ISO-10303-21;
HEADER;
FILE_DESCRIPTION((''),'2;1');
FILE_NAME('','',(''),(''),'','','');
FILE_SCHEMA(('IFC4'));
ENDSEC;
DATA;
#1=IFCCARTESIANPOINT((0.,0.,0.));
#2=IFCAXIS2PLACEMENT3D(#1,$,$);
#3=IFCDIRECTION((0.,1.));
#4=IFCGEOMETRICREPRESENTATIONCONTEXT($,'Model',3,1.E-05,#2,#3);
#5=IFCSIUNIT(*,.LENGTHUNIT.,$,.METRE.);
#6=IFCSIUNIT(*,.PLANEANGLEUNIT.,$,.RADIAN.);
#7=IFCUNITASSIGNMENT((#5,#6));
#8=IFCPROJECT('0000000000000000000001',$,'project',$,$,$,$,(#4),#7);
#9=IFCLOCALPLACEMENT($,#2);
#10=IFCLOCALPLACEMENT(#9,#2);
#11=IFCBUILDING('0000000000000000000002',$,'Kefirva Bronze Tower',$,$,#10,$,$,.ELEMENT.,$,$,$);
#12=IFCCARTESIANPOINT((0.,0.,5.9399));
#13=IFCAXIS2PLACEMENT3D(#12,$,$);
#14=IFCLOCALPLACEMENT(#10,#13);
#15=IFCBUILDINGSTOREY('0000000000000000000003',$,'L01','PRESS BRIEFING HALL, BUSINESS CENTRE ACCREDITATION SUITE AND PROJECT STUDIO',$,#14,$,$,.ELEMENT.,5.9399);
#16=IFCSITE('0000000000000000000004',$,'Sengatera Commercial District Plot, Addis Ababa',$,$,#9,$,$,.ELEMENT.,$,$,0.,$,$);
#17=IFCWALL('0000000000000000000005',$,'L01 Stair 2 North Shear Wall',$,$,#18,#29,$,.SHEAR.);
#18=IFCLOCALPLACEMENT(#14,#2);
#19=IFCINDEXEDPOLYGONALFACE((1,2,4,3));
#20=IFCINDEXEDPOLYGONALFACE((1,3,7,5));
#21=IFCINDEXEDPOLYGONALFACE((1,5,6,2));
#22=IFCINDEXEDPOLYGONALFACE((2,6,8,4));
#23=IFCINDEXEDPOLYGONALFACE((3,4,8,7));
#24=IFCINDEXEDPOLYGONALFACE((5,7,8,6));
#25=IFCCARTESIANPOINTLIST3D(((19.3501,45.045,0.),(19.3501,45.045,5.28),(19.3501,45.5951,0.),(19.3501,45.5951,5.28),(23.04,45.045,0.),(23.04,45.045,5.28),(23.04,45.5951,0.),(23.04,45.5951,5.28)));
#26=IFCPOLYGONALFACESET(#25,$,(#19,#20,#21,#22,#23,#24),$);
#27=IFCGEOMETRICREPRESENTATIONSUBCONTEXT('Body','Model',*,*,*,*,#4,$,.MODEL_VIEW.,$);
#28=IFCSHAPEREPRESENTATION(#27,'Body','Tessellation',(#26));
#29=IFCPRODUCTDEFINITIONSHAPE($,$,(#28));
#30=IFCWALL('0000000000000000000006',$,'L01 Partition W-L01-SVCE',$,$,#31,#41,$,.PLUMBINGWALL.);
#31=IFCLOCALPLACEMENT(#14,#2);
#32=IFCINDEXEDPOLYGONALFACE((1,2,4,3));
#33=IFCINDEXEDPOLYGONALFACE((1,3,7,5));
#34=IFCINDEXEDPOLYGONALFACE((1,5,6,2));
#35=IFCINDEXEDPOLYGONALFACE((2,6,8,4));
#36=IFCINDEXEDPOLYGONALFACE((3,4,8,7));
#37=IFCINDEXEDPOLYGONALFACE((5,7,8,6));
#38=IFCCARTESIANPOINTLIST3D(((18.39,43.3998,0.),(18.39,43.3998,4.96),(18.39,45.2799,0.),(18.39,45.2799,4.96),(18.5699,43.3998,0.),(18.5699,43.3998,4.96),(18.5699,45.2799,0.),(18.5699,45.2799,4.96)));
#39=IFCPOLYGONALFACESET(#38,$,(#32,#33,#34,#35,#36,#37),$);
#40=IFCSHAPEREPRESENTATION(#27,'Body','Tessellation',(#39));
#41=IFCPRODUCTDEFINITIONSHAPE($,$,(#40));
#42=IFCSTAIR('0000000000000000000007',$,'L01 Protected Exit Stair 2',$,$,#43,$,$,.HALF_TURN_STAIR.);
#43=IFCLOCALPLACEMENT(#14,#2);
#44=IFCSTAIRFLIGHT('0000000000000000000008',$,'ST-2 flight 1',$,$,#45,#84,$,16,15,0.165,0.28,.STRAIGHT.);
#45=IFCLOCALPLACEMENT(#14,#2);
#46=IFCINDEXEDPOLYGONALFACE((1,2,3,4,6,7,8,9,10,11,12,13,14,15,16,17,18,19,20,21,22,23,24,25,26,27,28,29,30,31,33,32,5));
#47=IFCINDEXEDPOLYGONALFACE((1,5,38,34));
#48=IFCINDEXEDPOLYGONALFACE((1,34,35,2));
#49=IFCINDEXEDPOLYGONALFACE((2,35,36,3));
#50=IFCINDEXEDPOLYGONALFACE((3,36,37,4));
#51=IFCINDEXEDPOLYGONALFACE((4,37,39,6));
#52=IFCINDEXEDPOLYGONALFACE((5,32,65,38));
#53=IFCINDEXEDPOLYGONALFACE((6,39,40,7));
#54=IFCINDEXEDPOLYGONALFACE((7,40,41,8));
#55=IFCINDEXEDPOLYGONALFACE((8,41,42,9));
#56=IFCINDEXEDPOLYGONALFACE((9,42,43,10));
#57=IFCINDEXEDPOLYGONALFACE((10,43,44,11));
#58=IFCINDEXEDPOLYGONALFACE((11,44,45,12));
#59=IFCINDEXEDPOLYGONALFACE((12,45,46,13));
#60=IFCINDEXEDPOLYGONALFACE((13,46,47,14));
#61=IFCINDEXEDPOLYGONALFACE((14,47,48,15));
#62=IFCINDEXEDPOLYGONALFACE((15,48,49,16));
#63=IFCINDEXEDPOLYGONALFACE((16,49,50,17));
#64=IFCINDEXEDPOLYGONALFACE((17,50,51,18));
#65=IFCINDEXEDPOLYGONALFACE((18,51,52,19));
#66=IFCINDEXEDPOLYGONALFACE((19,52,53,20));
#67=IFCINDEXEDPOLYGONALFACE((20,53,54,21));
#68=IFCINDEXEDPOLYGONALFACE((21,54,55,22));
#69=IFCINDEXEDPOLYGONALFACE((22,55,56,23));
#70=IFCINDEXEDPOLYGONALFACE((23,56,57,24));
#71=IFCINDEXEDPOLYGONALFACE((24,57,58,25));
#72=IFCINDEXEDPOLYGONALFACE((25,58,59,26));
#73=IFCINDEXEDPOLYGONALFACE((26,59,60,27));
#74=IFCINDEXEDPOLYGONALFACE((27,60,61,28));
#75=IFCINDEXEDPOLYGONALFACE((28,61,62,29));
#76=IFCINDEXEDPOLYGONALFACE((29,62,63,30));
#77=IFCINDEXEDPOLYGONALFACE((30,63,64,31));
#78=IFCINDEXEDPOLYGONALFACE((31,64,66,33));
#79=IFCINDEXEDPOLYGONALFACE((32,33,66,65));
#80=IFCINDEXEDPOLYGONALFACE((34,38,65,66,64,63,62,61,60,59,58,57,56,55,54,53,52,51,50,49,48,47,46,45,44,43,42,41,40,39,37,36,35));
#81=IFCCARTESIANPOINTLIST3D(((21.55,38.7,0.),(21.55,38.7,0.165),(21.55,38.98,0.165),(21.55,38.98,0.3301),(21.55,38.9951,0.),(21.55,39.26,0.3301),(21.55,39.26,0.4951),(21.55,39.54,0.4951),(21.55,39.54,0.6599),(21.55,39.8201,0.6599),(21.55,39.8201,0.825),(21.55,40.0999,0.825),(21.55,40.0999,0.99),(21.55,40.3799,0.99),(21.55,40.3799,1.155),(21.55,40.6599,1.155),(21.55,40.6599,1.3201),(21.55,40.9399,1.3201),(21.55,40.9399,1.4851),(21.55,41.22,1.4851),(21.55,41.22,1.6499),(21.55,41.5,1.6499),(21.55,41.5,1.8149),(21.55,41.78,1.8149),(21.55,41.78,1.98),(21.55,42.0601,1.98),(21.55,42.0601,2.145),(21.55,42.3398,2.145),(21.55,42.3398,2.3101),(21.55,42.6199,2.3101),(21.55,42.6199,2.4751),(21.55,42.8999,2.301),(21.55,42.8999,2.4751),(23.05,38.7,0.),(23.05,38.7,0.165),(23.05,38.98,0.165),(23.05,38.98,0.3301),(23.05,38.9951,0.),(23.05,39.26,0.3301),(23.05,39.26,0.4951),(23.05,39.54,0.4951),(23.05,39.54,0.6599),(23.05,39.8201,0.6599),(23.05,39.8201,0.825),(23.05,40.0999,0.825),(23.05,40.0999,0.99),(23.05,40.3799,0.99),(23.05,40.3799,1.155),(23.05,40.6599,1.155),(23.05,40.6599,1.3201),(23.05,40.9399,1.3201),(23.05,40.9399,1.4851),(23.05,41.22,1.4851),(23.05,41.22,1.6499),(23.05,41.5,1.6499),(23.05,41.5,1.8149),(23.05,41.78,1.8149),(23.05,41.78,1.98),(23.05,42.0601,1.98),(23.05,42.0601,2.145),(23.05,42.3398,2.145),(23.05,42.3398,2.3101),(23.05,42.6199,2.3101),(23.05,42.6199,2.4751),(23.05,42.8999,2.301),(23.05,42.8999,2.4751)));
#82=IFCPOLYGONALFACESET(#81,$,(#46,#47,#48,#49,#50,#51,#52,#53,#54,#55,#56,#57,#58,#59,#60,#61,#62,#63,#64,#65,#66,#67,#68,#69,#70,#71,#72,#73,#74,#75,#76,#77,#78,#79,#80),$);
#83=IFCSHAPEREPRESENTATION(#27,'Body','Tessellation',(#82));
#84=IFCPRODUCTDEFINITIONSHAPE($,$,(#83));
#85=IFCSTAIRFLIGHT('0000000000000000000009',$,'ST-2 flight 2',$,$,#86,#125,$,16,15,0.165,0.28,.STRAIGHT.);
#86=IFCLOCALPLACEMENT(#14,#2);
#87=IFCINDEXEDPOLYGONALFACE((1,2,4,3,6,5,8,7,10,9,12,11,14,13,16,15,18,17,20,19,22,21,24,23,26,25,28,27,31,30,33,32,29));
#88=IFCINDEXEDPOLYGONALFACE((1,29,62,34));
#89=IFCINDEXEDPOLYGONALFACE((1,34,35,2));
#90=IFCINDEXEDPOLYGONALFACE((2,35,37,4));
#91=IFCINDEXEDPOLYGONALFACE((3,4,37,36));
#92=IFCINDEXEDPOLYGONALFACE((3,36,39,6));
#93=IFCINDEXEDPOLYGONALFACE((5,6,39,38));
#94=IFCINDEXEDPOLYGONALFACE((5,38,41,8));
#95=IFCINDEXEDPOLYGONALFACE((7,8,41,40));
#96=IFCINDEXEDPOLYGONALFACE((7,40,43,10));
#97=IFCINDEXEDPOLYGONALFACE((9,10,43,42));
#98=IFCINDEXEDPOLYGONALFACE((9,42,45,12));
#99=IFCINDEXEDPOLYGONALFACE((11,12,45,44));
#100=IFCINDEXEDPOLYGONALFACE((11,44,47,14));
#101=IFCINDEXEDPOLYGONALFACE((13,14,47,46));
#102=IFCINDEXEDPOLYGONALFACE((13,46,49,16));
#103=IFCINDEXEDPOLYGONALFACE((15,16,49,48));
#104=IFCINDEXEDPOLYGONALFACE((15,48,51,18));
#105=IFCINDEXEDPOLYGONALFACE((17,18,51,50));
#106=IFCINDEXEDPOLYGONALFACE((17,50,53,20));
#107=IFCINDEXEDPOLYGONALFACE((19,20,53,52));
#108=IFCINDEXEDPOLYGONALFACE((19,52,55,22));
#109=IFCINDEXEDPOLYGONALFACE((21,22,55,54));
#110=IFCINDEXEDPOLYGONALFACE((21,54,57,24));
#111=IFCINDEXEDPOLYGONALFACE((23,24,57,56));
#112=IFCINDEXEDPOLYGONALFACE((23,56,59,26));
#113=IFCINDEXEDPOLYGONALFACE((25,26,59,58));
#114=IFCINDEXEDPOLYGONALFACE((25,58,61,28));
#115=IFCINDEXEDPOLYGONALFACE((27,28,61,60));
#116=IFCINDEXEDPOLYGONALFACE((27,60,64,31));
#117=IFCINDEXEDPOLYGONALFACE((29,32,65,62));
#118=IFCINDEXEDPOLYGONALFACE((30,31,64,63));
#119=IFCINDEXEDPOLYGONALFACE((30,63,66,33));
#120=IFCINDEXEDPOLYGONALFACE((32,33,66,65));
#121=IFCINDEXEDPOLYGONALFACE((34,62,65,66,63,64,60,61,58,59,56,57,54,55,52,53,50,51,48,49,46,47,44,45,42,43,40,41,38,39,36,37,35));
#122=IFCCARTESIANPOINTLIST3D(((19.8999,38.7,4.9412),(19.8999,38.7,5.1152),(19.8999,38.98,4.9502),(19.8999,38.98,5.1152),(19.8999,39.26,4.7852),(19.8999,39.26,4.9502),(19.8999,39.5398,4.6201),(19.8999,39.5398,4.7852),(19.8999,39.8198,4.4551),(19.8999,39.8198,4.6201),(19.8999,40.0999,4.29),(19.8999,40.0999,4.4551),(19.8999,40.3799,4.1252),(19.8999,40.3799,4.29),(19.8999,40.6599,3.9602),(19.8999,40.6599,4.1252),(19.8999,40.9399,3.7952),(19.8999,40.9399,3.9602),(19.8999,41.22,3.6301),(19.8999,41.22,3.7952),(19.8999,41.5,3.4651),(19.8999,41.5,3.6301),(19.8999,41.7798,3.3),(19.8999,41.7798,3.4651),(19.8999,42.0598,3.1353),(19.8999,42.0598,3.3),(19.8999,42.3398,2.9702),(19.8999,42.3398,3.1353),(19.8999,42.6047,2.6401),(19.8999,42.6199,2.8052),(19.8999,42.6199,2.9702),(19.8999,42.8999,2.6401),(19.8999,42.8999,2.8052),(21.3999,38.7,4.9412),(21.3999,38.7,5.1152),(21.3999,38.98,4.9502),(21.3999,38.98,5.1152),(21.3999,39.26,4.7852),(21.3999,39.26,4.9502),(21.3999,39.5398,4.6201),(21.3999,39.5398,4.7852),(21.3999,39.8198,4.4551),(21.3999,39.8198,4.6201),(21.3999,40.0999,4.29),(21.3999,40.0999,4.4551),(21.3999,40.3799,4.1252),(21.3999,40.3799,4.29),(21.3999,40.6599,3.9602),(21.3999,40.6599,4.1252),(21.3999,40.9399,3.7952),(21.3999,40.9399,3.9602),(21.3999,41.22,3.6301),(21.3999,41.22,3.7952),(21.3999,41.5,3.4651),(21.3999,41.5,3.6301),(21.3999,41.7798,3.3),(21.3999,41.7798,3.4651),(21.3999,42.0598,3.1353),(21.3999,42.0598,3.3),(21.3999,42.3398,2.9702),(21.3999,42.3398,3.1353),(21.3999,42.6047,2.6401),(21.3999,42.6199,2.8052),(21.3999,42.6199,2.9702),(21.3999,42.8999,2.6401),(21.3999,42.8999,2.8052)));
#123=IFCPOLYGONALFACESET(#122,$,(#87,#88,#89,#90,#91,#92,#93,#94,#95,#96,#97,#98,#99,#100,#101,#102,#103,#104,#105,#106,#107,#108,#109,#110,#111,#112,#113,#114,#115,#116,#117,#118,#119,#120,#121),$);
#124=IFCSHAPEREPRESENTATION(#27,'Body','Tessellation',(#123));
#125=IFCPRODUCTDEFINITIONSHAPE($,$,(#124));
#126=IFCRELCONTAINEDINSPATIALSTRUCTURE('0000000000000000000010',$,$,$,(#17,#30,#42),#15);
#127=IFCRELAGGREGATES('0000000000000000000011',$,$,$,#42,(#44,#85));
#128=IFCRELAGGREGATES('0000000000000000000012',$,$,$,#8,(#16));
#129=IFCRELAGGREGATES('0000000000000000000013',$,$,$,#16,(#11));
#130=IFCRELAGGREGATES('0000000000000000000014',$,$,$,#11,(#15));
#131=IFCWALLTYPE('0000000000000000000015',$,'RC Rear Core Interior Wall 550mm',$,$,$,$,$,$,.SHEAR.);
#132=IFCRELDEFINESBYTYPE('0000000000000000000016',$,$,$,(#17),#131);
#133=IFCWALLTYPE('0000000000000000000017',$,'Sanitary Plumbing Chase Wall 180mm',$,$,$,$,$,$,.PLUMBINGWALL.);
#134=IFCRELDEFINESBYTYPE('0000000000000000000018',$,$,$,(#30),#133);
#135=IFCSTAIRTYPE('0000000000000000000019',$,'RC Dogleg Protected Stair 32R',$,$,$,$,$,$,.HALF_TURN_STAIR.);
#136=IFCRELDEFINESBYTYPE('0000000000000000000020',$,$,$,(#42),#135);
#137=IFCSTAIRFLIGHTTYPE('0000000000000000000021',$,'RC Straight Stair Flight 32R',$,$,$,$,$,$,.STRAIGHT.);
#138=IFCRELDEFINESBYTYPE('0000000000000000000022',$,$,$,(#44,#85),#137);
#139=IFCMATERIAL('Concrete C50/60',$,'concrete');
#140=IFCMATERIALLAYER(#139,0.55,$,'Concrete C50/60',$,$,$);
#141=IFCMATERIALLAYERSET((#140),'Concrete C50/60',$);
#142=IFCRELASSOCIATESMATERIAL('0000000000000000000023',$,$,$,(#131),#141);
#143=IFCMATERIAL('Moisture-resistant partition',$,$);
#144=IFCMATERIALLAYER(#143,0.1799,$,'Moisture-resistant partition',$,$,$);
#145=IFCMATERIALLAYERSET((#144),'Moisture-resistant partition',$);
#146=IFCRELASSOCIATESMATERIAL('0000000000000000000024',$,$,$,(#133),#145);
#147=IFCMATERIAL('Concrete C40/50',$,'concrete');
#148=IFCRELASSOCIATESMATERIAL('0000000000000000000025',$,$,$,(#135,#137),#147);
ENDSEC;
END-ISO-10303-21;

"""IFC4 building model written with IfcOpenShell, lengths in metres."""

from ifc_helpers import new_model, si_unit, direction, frame, frame_2d, origin, place, context, subcontext, project, spatial, polyline, rectangle, outline, extrude, material, layer, layer_set, type_object, element, aggregate, save


model = new_model("IFC4")

# Units and contexts
model_context = context("Model", 3, precision=1e-05, world=origin(), true_north=direction((0.0, 1.0)))
body_context = subcontext(model_context, "Body", "Model", "MODEL_VIEW")
ifc_project = project(units=[si_unit("LENGTHUNIT", "METRE"), si_unit("PLANEANGLEUNIT", "RADIAN")], contexts=[model_context])

# Site, building, storey
site_placement = place(None, origin())
site = spatial("IfcSite", under=ifc_project, at=site_placement, Name="Sengatera Commercial District Plot, Addis Ababa", CompositionType="ELEMENT", RefElevation=0.0)
building_placement = place(site_placement, origin())
building = spatial("IfcBuilding", under=site, at=building_placement, Name="Kefirva Bronze Tower", CompositionType="ELEMENT")
storey_placement = place(building_placement, frame((0.0, 0.0, 5.9399)))
storey = spatial("IfcBuildingStorey", under=building, at=storey_placement, Name="L01", Description="PRESS BRIEFING HALL, BUSINESS CENTRE ACCREDITATION SUITE AND PROJECT STUDIO", CompositionType="ELEMENT", Elevation=5.9399)

# Shared definitions
ifc_material_1 = material(Name="Concrete C50/60", Category="concrete")

# Walls
ifc_layer_1 = layer(ifc_material_1, 0.55, Name="Concrete C50/60")
ifc_layer_set_1 = layer_set([ifc_layer_1], Name="Concrete C50/60")
wall_type_1 = type_object("IfcWallType", Name="RC Rear Core Interior Wall 550mm", PredefinedType="SHEAR", material=ifc_layer_set_1)
wall_1_placement = place(storey_placement, frame((19.3501, 45.3201, 0.0), z_axis=(0.0, 0.0, 1.0), x_axis=(1.0, 0.0, 0.0)))
element("IfcWall", 1, at=wall_1_placement, inside=storey, type_object=wall_type_1, Name="L01 Stair 2 North Shear Wall", PredefinedType="SHEAR", context=body_context, shape_type="SweptSolid", body=[
    extrude(rectangle(XDim=3.6899, YDim=0.55, at=frame_2d((1.845, 0.0))), origin(), (0.0, 0.0, 1.0), 5.28),
])
ifc_material_2 = material(Name="Moisture-resistant partition")
ifc_layer_2 = layer(ifc_material_2, 0.1799, Name="Moisture-resistant partition")
ifc_layer_set_2 = layer_set([ifc_layer_2], Name="Moisture-resistant partition")
wall_type_2 = type_object("IfcWallType", Name="Sanitary Plumbing Chase Wall 180mm", PredefinedType="PLUMBINGWALL", material=ifc_layer_set_2)
wall_2_placement = place(storey_placement, frame((18.48, 43.3999, 0.0), z_axis=(0.0, 0.0, 1.0), x_axis=(0.0, 1.0, 0.0)))
element("IfcWall", 2, at=wall_2_placement, inside=storey, type_object=wall_type_2, Name="L01 Partition W-L01-SVCE", PredefinedType="PLUMBINGWALL", context=body_context, shape_type="SweptSolid", body=[
    extrude(rectangle(XDim=1.8801, YDim=0.1799, at=frame_2d((0.9399, 0.0))), origin(), (0.0, 0.0, 1.0), 4.96),
])

# Stair, stair flights
ifc_material_3 = material(Name="Concrete C40/50", Category="concrete")
stair_type = type_object("IfcStairType", Name="RC Dogleg Protected Stair 32R", PredefinedType="HALF_TURN_STAIR", material=ifc_material_3)
stair_placement = place(storey_placement, origin())
stair = element("IfcStair", 3, at=stair_placement, inside=storey, type_object=stair_type, Name="L01 Protected Exit Stair 2", PredefinedType="HALF_TURN_STAIR")
stair_flight_type = type_object("IfcStairFlightType", Name="RC Straight Stair Flight 32R", PredefinedType="STRAIGHT", material=ifc_material_3)
stair_flight_1_placement = place(storey_placement, frame((22.3, 38.7, 0.0), z_axis=(0.0, 0.0, 1.0), x_axis=(0.0, 1.0, 0.0)))
stair_flight_1 = element("IfcStairFlight", 4, at=stair_flight_1_placement, type_object=stair_flight_type, Name="ST-2 flight 1", NumberOfRisers=16, NumberOfTreads=15, PredefinedType="STRAIGHT", RiserHeight=0.165, TreadLength=0.28, context=body_context, shape_type="SweptSolid", body=[
    extrude(outline(polyline([(0.0, 0.0), (0.0, 0.165), (0.28, 0.165), (0.28, 0.3301), (0.5601, 0.3301), (0.5601, 0.4951), (0.8401, 0.4951), (0.8401, 0.6599), (1.1201, 0.6599), (1.1201, 0.825), (1.3999, 0.825), (1.3999, 0.99), (1.6799, 0.99), (1.6799, 1.155), (1.96, 1.155), (1.96, 1.3201), (2.24, 1.3201), (2.24, 1.4851), (2.52, 1.4851), (2.52, 1.6499), (2.8, 1.6499), (2.8, 1.8149), (3.0801, 1.8149), (3.0801, 1.98), (3.3601, 1.98), (3.3601, 2.145), (3.6399, 2.145), (3.6399, 2.3101), (3.9199, 2.3101), (3.9199, 2.4751), (4.2, 2.4751), (4.2, 2.6399), (4.2, 2.301), (0.2952, 0.0), (0.0, 0.0)])), frame((0.0, 0.75, 0.0), z_axis=(0.0, -1.0, 0.0), x_axis=(1.0, 0.0, 0.0)), (0.0, 0.0, 1.0), 1.5),
])
stair_flight_2_placement = place(storey_placement, frame((20.6499, 42.8999, 2.6401), z_axis=(0.0, 0.0, 1.0), x_axis=(0.0, -1.0, 0.0)))
stair_flight_2 = element("IfcStairFlight", 5, at=stair_flight_2_placement, type_object=stair_flight_type, Name="ST-2 flight 2", NumberOfRisers=16, NumberOfTreads=15, PredefinedType="STRAIGHT", RiserHeight=0.165, TreadLength=0.28, context=body_context, shape_type="SweptSolid", body=[
    extrude(outline(polyline([(0.0, 0.0), (0.0, 0.165), (0.28, 0.165), (0.28, 0.3301), (0.5601, 0.3301), (0.5601, 0.4951), (0.8401, 0.4951), (0.8401, 0.6599), (1.1201, 0.6599), (1.1201, 0.825), (1.3999, 0.825), (1.3999, 0.99), (1.6799, 0.99), (1.6799, 1.155), (1.96, 1.155), (1.96, 1.3201), (2.24, 1.3201), (2.24, 1.4851), (2.52, 1.4851), (2.52, 1.6499), (2.8, 1.6499), (2.8, 1.8149), (3.0801, 1.8149), (3.0801, 1.98), (3.3601, 1.98), (3.3601, 2.145), (3.6399, 2.145), (3.6399, 2.3101), (3.9199, 2.3101), (3.9199, 2.4751), (4.2, 2.4751), (4.2, 2.6399), (4.2, 2.301), (0.2952, 0.0), (0.0, 0.0)])), frame((0.0, 0.75, 0.0), z_axis=(0.0, -1.0, 0.0), x_axis=(1.0, 0.0, 0.0)), (0.0, 0.0, 1.0), 1.5),
])
aggregate(stair, [stair_flight_1, stair_flight_2])

save(model, "model.ifc")
